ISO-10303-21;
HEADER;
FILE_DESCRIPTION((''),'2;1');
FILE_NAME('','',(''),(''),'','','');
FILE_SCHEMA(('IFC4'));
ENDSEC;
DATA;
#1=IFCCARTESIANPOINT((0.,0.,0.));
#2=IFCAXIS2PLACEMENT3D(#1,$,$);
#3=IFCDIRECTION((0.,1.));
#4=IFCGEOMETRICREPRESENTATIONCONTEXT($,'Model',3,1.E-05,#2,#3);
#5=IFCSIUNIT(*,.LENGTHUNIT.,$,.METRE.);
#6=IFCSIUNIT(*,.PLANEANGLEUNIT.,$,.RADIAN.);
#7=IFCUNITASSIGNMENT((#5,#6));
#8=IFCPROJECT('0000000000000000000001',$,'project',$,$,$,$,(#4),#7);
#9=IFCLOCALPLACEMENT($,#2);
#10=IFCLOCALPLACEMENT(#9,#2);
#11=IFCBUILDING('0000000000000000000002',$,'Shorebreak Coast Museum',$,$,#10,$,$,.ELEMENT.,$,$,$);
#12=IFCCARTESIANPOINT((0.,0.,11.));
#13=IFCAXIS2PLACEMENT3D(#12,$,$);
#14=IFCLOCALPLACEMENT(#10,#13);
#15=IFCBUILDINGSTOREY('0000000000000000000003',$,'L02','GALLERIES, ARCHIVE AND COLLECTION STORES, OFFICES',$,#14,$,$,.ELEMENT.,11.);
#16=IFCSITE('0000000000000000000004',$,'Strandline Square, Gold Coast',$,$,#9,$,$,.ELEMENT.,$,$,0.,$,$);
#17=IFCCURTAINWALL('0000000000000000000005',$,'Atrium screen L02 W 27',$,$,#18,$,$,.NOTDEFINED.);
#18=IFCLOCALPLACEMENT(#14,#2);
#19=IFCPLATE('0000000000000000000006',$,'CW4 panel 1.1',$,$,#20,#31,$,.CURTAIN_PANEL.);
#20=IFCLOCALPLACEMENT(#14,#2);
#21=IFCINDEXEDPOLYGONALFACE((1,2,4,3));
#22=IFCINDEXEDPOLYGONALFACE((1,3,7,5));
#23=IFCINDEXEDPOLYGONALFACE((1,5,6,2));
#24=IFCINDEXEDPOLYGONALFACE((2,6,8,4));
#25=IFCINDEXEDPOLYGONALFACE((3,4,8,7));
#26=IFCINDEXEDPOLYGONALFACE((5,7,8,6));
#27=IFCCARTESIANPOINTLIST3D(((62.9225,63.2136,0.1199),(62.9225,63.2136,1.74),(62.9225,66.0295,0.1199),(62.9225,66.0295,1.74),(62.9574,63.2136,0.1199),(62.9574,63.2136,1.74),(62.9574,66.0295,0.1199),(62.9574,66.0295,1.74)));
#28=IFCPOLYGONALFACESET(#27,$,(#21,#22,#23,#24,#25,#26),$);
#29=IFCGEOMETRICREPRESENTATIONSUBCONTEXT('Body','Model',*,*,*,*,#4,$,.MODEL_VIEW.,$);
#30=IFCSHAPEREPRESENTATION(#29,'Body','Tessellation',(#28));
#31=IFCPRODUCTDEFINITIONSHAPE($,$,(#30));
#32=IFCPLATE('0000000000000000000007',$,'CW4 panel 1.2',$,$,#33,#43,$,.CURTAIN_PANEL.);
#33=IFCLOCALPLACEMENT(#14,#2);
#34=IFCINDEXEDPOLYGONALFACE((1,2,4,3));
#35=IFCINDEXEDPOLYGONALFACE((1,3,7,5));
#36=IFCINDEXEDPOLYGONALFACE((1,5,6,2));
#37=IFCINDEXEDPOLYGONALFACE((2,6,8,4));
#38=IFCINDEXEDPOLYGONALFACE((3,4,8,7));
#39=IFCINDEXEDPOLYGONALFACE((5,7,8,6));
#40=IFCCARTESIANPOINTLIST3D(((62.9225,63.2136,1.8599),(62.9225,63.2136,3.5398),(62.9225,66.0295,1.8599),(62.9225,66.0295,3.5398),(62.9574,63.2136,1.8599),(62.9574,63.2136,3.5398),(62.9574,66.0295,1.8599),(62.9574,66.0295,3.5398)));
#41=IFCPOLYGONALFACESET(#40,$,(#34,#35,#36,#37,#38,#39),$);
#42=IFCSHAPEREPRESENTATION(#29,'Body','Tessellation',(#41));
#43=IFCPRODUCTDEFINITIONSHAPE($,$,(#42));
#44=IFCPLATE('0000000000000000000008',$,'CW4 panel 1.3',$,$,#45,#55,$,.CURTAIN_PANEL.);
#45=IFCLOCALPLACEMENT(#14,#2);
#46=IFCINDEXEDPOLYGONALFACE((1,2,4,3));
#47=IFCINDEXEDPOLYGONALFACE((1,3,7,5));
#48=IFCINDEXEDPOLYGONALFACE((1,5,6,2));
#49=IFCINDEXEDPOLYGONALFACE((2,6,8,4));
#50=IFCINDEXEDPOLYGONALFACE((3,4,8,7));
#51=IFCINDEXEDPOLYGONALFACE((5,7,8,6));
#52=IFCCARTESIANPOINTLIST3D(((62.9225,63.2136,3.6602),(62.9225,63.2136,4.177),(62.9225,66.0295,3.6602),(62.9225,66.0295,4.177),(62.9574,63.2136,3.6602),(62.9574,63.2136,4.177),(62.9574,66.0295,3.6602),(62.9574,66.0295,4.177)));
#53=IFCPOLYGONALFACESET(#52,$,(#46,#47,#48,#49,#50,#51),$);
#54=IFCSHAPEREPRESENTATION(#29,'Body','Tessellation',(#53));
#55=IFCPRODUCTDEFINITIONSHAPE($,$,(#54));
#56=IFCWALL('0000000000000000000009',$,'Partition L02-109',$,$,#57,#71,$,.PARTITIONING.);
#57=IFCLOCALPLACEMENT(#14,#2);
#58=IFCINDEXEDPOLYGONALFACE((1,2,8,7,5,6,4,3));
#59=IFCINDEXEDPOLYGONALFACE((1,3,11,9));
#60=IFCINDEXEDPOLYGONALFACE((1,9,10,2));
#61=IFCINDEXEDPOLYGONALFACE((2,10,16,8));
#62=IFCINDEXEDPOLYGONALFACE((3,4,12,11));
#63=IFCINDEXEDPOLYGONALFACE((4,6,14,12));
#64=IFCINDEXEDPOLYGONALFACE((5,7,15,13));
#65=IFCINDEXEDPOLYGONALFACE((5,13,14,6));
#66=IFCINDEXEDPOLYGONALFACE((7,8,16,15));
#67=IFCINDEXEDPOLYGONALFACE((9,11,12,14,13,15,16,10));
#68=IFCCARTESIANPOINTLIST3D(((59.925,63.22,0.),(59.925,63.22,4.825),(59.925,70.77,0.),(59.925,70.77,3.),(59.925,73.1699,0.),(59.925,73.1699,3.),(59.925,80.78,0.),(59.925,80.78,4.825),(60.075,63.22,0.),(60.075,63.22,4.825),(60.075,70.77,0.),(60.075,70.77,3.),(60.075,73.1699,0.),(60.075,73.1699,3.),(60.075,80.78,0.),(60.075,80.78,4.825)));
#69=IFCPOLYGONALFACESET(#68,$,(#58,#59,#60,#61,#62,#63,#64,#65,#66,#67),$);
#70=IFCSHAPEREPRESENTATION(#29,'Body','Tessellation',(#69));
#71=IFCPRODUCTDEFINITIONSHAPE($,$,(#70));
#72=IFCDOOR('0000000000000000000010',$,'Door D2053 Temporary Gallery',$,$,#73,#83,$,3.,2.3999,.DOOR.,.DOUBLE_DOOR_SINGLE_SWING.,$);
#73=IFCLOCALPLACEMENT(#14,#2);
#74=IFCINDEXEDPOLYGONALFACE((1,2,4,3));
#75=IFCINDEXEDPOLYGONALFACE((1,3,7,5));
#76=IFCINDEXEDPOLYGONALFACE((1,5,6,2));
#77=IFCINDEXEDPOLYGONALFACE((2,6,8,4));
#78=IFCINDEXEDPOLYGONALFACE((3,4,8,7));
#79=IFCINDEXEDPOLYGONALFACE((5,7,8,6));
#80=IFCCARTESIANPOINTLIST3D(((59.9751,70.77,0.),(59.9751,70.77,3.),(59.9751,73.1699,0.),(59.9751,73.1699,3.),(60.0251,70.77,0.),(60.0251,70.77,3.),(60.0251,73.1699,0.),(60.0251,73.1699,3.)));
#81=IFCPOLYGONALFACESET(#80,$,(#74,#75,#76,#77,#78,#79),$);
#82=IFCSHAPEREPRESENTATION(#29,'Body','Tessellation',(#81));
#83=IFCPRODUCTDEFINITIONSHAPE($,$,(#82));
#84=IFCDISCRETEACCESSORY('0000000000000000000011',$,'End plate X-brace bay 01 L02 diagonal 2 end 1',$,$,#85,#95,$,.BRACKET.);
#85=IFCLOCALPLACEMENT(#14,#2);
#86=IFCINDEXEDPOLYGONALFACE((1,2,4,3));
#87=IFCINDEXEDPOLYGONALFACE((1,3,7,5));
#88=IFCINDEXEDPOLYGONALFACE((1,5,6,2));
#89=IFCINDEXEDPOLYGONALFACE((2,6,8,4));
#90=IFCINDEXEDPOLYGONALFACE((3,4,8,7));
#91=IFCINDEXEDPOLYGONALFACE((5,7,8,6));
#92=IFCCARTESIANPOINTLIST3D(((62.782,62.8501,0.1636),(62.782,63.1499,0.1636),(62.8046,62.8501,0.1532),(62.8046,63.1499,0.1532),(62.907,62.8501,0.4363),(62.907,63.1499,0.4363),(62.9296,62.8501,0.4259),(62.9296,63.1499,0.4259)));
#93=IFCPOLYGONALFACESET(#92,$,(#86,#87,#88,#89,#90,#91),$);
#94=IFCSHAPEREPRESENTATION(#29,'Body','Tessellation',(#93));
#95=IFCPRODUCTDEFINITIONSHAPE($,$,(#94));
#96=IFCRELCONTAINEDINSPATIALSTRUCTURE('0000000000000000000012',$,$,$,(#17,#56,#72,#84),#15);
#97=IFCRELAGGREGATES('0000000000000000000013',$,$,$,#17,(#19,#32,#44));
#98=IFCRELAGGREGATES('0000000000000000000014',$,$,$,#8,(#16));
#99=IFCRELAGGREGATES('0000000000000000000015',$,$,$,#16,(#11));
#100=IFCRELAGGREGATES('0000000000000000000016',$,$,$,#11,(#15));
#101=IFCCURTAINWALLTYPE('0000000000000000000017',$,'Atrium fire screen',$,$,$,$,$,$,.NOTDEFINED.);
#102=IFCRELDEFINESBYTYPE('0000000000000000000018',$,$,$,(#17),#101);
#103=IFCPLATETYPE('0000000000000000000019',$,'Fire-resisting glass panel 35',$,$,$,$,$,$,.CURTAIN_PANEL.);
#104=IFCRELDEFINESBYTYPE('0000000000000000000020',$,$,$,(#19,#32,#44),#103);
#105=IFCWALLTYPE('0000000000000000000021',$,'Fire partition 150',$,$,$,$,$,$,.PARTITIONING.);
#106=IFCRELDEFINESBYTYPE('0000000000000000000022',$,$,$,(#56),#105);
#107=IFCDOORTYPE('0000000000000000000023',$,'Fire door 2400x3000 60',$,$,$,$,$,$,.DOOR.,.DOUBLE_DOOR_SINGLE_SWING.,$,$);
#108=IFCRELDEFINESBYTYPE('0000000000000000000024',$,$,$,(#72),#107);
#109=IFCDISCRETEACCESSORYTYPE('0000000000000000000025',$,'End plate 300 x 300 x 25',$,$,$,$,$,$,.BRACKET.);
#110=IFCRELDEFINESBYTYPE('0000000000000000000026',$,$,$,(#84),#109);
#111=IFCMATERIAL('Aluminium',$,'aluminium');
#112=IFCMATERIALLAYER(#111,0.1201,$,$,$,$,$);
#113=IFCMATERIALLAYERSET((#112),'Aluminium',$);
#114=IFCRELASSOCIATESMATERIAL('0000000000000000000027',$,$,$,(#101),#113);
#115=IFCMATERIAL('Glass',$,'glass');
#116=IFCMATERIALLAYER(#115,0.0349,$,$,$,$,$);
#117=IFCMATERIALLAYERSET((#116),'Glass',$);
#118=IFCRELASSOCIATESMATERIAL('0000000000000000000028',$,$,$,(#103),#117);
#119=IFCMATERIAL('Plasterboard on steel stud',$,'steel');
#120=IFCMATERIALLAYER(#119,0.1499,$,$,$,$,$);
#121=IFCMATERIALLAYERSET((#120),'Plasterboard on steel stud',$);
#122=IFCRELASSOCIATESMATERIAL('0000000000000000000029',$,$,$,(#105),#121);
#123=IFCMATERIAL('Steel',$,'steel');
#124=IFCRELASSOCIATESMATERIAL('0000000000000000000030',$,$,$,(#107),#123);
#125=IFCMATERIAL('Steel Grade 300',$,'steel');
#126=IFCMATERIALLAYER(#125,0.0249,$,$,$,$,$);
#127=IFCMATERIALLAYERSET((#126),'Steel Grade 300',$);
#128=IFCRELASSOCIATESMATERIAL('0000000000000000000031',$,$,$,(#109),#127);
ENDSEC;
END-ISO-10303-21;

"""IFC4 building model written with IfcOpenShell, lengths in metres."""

from ifc_helpers import new_model, si_unit, direction, frame, frame_2d, origin, origin_2d, place, context, subcontext, project, spatial, polyline, rectangle, outline, extrude, material, layer, layer_set, type_object, element, fill, aggregate, save


model = new_model("IFC4")

# Units and contexts
model_context = context("Model", 3, precision=1e-05, world=origin(), true_north=direction((0.0, 1.0)))
body_context = subcontext(model_context, "Body", "Model", "MODEL_VIEW")
ifc_project = project(units=[si_unit("LENGTHUNIT", "METRE"), si_unit("PLANEANGLEUNIT", "RADIAN")], contexts=[model_context])

# Site, building, storey
site_placement = place(None, origin())
site = spatial("IfcSite", under=ifc_project, at=site_placement, Name="Strandline Square, Gold Coast", CompositionType="ELEMENT", RefElevation=0.0)
building_placement = place(site_placement, origin())
building = spatial("IfcBuilding", under=site, at=building_placement, Name="Shorebreak Coast Museum", CompositionType="ELEMENT")
storey_placement = place(building_placement, frame((0.0, 0.0, 11.0)))
storey = spatial("IfcBuildingStorey", under=building, at=storey_placement, Name="L02", Description="GALLERIES, ARCHIVE AND COLLECTION STORES, OFFICES", CompositionType="ELEMENT", Elevation=11.0)

# Curtain wall
ifc_material_1 = material(Name="Aluminium", Category="aluminium")
ifc_layer_1 = layer(ifc_material_1, 0.1201)
ifc_layer_set_1 = layer_set([ifc_layer_1], Name="Aluminium")
curtain_wall_type = type_object("IfcCurtainWallType", Name="Atrium fire screen", PredefinedType="NOTDEFINED", material=ifc_layer_set_1)
curtain_wall_placement = place(storey_placement, origin())
curtain_wall = element("IfcCurtainWall", 1, at=curtain_wall_placement, inside=storey, type_object=curtain_wall_type, Name="Atrium screen L02 W 27", PredefinedType="NOTDEFINED")

# Plates
ifc_material_2 = material(Name="Glass", Category="glass")
ifc_layer_2 = layer(ifc_material_2, 0.0349)
ifc_layer_set_2 = layer_set([ifc_layer_2], Name="Glass")
plate_type = type_object("IfcPlateType", Name="Fire-resisting glass panel 35", PredefinedType="CURTAIN_PANEL", material=ifc_layer_set_2)
plate_1_placement = place(storey_placement, frame((62.9399, 64.6216, 0.1199), z_axis=(0.0, 0.0, 1.0), x_axis=(0.0, 1.0, 0.0)))
plate_1 = element("IfcPlate", 2, at=plate_1_placement, type_object=plate_type, Name="CW4 panel 1.1", PredefinedType="CURTAIN_PANEL", context=body_context, shape_type="SweptSolid", body=[
    extrude(rectangle(XDim=2.8159, YDim=0.0349, at=origin_2d()), origin(), (0.0, 0.0, 1.0), 1.6201),
])
plate_2_placement = place(storey_placement, frame((62.9399, 64.6216, 1.8599), z_axis=(0.0, 0.0, 1.0), x_axis=(0.0, 1.0, 0.0)))
plate_2 = element("IfcPlate", 3, at=plate_2_placement, type_object=plate_type, Name="CW4 panel 1.2", PredefinedType="CURTAIN_PANEL", context=body_context, shape_type="SweptSolid", body=[
    extrude(rectangle(XDim=2.8159, YDim=0.0349, at=origin_2d()), origin(), (0.0, 0.0, 1.0), 1.6799),
])
plate_3_placement = place(storey_placement, frame((62.9399, 64.6216, 3.6602), z_axis=(0.0, 0.0, 1.0), x_axis=(0.0, 1.0, 0.0)))
plate_3 = element("IfcPlate", 4, at=plate_3_placement, type_object=plate_type, Name="CW4 panel 1.3", PredefinedType="CURTAIN_PANEL", context=body_context, shape_type="SweptSolid", body=[
    extrude(rectangle(XDim=2.8159, YDim=0.0349, at=origin_2d()), origin(), (0.0, 0.0, 1.0), 0.5168),
])
aggregate(curtain_wall, [plate_1, plate_2, plate_3])

# Wall, opening, door
ifc_material_3 = material(Name="Plasterboard on steel stud", Category="steel")
ifc_layer_3 = layer(ifc_material_3, 0.1499)
ifc_layer_set_3 = layer_set([ifc_layer_3], Name="Plasterboard on steel stud")
wall_type = type_object("IfcWallType", Name="Fire partition 150", PredefinedType="PARTITIONING", material=ifc_layer_set_3)
wall_placement = place(storey_placement, frame((60.0, 63.22, 0.0), z_axis=(0.0, 0.0, 1.0), x_axis=(0.0, 1.0, 0.0)))
wall = element("IfcWall", 5, at=wall_placement, inside=storey, type_object=wall_type, Name="Partition L02-109", PredefinedType="PARTITIONING", context=body_context, shape_type="SweptSolid", body=[
    extrude(rectangle(XDim=17.5601, YDim=0.1499, at=frame_2d((8.78, 0.0))), origin(), (0.0, 0.0, 1.0), 4.825),
])
opening_placement = place(wall_placement, frame((7.55, 0.0, 0.0)))
opening = element("IfcOpeningElement", 6, at=opening_placement, cuts=wall, PredefinedType="OPENING", context=body_context, shape_type="SweptSolid", body=[
    extrude(rectangle(XDim=2.3999, YDim=3.0, at=frame_2d((1.2, 1.5))), frame((0.0, 0.085, 0.0), z_axis=(0.0, -1.0, 0.0), x_axis=(1.0, 0.0, 0.0)), (0.0, 0.0, 1.0), 0.1699),
])
ifc_material_4 = material(Name="Steel", Category="steel")
door_type = type_object("IfcDoorType", Name="Fire door 2400x3000 60", OperationType="DOUBLE_DOOR_SINGLE_SWING", PredefinedType="DOOR", material=ifc_material_4)
door_placement = place(opening_placement, origin())
door = element("IfcDoor", 7, at=door_placement, inside=storey, type_object=door_type, Name="Door D2053 Temporary Gallery", OperationType="DOUBLE_DOOR_SINGLE_SWING", OverallHeight=3.0, OverallWidth=2.3999, PredefinedType="DOOR", context=body_context, shape_type="SweptSolid", body=[
    extrude(rectangle(XDim=2.3999, YDim=3.0, at=frame_2d((1.2, 1.5))), frame((0.0, 0.0249, 0.0), z_axis=(0.0, -1.0, 0.0), x_axis=(1.0, 0.0, 0.0)), (0.0, 0.0, 1.0), 0.05),
])
fill(opening, door)

# Discrete accessory
ifc_material_5 = material(Name="Steel Grade 300", Category="steel")
ifc_layer_4 = layer(ifc_material_5, 0.0249)
ifc_layer_set_4 = layer_set([ifc_layer_4], Name="Steel Grade 300")
discrete_accessory_type = type_object("IfcDiscreteAccessoryType", Name="End plate 300 x 300 x 25", PredefinedType="BRACKET", material=ifc_layer_set_4)
discrete_accessory_placement = place(storey_placement, frame((62.782, 63.1499, 0.1636), z_axis=(-0.909052, 0.0, 0.416683), x_axis=(0.0, -1.0, 0.0)))
element("IfcDiscreteAccessory", 8, at=discrete_accessory_placement, inside=storey, type_object=discrete_accessory_type, Name="End plate X-brace bay 01 L02 diagonal 2 end 1", PredefinedType="BRACKET", context=body_context, shape_type="SweptSolid", body=[
    extrude(outline(polyline([(0.0, 0.0), (0.2998, 0.0), (0.2998, 0.3), (0.0, 0.3), (0.0, 0.0)])), origin(), (0.0, 0.0, -1.0), 0.0249),
])

save(model, "model.ifc")
